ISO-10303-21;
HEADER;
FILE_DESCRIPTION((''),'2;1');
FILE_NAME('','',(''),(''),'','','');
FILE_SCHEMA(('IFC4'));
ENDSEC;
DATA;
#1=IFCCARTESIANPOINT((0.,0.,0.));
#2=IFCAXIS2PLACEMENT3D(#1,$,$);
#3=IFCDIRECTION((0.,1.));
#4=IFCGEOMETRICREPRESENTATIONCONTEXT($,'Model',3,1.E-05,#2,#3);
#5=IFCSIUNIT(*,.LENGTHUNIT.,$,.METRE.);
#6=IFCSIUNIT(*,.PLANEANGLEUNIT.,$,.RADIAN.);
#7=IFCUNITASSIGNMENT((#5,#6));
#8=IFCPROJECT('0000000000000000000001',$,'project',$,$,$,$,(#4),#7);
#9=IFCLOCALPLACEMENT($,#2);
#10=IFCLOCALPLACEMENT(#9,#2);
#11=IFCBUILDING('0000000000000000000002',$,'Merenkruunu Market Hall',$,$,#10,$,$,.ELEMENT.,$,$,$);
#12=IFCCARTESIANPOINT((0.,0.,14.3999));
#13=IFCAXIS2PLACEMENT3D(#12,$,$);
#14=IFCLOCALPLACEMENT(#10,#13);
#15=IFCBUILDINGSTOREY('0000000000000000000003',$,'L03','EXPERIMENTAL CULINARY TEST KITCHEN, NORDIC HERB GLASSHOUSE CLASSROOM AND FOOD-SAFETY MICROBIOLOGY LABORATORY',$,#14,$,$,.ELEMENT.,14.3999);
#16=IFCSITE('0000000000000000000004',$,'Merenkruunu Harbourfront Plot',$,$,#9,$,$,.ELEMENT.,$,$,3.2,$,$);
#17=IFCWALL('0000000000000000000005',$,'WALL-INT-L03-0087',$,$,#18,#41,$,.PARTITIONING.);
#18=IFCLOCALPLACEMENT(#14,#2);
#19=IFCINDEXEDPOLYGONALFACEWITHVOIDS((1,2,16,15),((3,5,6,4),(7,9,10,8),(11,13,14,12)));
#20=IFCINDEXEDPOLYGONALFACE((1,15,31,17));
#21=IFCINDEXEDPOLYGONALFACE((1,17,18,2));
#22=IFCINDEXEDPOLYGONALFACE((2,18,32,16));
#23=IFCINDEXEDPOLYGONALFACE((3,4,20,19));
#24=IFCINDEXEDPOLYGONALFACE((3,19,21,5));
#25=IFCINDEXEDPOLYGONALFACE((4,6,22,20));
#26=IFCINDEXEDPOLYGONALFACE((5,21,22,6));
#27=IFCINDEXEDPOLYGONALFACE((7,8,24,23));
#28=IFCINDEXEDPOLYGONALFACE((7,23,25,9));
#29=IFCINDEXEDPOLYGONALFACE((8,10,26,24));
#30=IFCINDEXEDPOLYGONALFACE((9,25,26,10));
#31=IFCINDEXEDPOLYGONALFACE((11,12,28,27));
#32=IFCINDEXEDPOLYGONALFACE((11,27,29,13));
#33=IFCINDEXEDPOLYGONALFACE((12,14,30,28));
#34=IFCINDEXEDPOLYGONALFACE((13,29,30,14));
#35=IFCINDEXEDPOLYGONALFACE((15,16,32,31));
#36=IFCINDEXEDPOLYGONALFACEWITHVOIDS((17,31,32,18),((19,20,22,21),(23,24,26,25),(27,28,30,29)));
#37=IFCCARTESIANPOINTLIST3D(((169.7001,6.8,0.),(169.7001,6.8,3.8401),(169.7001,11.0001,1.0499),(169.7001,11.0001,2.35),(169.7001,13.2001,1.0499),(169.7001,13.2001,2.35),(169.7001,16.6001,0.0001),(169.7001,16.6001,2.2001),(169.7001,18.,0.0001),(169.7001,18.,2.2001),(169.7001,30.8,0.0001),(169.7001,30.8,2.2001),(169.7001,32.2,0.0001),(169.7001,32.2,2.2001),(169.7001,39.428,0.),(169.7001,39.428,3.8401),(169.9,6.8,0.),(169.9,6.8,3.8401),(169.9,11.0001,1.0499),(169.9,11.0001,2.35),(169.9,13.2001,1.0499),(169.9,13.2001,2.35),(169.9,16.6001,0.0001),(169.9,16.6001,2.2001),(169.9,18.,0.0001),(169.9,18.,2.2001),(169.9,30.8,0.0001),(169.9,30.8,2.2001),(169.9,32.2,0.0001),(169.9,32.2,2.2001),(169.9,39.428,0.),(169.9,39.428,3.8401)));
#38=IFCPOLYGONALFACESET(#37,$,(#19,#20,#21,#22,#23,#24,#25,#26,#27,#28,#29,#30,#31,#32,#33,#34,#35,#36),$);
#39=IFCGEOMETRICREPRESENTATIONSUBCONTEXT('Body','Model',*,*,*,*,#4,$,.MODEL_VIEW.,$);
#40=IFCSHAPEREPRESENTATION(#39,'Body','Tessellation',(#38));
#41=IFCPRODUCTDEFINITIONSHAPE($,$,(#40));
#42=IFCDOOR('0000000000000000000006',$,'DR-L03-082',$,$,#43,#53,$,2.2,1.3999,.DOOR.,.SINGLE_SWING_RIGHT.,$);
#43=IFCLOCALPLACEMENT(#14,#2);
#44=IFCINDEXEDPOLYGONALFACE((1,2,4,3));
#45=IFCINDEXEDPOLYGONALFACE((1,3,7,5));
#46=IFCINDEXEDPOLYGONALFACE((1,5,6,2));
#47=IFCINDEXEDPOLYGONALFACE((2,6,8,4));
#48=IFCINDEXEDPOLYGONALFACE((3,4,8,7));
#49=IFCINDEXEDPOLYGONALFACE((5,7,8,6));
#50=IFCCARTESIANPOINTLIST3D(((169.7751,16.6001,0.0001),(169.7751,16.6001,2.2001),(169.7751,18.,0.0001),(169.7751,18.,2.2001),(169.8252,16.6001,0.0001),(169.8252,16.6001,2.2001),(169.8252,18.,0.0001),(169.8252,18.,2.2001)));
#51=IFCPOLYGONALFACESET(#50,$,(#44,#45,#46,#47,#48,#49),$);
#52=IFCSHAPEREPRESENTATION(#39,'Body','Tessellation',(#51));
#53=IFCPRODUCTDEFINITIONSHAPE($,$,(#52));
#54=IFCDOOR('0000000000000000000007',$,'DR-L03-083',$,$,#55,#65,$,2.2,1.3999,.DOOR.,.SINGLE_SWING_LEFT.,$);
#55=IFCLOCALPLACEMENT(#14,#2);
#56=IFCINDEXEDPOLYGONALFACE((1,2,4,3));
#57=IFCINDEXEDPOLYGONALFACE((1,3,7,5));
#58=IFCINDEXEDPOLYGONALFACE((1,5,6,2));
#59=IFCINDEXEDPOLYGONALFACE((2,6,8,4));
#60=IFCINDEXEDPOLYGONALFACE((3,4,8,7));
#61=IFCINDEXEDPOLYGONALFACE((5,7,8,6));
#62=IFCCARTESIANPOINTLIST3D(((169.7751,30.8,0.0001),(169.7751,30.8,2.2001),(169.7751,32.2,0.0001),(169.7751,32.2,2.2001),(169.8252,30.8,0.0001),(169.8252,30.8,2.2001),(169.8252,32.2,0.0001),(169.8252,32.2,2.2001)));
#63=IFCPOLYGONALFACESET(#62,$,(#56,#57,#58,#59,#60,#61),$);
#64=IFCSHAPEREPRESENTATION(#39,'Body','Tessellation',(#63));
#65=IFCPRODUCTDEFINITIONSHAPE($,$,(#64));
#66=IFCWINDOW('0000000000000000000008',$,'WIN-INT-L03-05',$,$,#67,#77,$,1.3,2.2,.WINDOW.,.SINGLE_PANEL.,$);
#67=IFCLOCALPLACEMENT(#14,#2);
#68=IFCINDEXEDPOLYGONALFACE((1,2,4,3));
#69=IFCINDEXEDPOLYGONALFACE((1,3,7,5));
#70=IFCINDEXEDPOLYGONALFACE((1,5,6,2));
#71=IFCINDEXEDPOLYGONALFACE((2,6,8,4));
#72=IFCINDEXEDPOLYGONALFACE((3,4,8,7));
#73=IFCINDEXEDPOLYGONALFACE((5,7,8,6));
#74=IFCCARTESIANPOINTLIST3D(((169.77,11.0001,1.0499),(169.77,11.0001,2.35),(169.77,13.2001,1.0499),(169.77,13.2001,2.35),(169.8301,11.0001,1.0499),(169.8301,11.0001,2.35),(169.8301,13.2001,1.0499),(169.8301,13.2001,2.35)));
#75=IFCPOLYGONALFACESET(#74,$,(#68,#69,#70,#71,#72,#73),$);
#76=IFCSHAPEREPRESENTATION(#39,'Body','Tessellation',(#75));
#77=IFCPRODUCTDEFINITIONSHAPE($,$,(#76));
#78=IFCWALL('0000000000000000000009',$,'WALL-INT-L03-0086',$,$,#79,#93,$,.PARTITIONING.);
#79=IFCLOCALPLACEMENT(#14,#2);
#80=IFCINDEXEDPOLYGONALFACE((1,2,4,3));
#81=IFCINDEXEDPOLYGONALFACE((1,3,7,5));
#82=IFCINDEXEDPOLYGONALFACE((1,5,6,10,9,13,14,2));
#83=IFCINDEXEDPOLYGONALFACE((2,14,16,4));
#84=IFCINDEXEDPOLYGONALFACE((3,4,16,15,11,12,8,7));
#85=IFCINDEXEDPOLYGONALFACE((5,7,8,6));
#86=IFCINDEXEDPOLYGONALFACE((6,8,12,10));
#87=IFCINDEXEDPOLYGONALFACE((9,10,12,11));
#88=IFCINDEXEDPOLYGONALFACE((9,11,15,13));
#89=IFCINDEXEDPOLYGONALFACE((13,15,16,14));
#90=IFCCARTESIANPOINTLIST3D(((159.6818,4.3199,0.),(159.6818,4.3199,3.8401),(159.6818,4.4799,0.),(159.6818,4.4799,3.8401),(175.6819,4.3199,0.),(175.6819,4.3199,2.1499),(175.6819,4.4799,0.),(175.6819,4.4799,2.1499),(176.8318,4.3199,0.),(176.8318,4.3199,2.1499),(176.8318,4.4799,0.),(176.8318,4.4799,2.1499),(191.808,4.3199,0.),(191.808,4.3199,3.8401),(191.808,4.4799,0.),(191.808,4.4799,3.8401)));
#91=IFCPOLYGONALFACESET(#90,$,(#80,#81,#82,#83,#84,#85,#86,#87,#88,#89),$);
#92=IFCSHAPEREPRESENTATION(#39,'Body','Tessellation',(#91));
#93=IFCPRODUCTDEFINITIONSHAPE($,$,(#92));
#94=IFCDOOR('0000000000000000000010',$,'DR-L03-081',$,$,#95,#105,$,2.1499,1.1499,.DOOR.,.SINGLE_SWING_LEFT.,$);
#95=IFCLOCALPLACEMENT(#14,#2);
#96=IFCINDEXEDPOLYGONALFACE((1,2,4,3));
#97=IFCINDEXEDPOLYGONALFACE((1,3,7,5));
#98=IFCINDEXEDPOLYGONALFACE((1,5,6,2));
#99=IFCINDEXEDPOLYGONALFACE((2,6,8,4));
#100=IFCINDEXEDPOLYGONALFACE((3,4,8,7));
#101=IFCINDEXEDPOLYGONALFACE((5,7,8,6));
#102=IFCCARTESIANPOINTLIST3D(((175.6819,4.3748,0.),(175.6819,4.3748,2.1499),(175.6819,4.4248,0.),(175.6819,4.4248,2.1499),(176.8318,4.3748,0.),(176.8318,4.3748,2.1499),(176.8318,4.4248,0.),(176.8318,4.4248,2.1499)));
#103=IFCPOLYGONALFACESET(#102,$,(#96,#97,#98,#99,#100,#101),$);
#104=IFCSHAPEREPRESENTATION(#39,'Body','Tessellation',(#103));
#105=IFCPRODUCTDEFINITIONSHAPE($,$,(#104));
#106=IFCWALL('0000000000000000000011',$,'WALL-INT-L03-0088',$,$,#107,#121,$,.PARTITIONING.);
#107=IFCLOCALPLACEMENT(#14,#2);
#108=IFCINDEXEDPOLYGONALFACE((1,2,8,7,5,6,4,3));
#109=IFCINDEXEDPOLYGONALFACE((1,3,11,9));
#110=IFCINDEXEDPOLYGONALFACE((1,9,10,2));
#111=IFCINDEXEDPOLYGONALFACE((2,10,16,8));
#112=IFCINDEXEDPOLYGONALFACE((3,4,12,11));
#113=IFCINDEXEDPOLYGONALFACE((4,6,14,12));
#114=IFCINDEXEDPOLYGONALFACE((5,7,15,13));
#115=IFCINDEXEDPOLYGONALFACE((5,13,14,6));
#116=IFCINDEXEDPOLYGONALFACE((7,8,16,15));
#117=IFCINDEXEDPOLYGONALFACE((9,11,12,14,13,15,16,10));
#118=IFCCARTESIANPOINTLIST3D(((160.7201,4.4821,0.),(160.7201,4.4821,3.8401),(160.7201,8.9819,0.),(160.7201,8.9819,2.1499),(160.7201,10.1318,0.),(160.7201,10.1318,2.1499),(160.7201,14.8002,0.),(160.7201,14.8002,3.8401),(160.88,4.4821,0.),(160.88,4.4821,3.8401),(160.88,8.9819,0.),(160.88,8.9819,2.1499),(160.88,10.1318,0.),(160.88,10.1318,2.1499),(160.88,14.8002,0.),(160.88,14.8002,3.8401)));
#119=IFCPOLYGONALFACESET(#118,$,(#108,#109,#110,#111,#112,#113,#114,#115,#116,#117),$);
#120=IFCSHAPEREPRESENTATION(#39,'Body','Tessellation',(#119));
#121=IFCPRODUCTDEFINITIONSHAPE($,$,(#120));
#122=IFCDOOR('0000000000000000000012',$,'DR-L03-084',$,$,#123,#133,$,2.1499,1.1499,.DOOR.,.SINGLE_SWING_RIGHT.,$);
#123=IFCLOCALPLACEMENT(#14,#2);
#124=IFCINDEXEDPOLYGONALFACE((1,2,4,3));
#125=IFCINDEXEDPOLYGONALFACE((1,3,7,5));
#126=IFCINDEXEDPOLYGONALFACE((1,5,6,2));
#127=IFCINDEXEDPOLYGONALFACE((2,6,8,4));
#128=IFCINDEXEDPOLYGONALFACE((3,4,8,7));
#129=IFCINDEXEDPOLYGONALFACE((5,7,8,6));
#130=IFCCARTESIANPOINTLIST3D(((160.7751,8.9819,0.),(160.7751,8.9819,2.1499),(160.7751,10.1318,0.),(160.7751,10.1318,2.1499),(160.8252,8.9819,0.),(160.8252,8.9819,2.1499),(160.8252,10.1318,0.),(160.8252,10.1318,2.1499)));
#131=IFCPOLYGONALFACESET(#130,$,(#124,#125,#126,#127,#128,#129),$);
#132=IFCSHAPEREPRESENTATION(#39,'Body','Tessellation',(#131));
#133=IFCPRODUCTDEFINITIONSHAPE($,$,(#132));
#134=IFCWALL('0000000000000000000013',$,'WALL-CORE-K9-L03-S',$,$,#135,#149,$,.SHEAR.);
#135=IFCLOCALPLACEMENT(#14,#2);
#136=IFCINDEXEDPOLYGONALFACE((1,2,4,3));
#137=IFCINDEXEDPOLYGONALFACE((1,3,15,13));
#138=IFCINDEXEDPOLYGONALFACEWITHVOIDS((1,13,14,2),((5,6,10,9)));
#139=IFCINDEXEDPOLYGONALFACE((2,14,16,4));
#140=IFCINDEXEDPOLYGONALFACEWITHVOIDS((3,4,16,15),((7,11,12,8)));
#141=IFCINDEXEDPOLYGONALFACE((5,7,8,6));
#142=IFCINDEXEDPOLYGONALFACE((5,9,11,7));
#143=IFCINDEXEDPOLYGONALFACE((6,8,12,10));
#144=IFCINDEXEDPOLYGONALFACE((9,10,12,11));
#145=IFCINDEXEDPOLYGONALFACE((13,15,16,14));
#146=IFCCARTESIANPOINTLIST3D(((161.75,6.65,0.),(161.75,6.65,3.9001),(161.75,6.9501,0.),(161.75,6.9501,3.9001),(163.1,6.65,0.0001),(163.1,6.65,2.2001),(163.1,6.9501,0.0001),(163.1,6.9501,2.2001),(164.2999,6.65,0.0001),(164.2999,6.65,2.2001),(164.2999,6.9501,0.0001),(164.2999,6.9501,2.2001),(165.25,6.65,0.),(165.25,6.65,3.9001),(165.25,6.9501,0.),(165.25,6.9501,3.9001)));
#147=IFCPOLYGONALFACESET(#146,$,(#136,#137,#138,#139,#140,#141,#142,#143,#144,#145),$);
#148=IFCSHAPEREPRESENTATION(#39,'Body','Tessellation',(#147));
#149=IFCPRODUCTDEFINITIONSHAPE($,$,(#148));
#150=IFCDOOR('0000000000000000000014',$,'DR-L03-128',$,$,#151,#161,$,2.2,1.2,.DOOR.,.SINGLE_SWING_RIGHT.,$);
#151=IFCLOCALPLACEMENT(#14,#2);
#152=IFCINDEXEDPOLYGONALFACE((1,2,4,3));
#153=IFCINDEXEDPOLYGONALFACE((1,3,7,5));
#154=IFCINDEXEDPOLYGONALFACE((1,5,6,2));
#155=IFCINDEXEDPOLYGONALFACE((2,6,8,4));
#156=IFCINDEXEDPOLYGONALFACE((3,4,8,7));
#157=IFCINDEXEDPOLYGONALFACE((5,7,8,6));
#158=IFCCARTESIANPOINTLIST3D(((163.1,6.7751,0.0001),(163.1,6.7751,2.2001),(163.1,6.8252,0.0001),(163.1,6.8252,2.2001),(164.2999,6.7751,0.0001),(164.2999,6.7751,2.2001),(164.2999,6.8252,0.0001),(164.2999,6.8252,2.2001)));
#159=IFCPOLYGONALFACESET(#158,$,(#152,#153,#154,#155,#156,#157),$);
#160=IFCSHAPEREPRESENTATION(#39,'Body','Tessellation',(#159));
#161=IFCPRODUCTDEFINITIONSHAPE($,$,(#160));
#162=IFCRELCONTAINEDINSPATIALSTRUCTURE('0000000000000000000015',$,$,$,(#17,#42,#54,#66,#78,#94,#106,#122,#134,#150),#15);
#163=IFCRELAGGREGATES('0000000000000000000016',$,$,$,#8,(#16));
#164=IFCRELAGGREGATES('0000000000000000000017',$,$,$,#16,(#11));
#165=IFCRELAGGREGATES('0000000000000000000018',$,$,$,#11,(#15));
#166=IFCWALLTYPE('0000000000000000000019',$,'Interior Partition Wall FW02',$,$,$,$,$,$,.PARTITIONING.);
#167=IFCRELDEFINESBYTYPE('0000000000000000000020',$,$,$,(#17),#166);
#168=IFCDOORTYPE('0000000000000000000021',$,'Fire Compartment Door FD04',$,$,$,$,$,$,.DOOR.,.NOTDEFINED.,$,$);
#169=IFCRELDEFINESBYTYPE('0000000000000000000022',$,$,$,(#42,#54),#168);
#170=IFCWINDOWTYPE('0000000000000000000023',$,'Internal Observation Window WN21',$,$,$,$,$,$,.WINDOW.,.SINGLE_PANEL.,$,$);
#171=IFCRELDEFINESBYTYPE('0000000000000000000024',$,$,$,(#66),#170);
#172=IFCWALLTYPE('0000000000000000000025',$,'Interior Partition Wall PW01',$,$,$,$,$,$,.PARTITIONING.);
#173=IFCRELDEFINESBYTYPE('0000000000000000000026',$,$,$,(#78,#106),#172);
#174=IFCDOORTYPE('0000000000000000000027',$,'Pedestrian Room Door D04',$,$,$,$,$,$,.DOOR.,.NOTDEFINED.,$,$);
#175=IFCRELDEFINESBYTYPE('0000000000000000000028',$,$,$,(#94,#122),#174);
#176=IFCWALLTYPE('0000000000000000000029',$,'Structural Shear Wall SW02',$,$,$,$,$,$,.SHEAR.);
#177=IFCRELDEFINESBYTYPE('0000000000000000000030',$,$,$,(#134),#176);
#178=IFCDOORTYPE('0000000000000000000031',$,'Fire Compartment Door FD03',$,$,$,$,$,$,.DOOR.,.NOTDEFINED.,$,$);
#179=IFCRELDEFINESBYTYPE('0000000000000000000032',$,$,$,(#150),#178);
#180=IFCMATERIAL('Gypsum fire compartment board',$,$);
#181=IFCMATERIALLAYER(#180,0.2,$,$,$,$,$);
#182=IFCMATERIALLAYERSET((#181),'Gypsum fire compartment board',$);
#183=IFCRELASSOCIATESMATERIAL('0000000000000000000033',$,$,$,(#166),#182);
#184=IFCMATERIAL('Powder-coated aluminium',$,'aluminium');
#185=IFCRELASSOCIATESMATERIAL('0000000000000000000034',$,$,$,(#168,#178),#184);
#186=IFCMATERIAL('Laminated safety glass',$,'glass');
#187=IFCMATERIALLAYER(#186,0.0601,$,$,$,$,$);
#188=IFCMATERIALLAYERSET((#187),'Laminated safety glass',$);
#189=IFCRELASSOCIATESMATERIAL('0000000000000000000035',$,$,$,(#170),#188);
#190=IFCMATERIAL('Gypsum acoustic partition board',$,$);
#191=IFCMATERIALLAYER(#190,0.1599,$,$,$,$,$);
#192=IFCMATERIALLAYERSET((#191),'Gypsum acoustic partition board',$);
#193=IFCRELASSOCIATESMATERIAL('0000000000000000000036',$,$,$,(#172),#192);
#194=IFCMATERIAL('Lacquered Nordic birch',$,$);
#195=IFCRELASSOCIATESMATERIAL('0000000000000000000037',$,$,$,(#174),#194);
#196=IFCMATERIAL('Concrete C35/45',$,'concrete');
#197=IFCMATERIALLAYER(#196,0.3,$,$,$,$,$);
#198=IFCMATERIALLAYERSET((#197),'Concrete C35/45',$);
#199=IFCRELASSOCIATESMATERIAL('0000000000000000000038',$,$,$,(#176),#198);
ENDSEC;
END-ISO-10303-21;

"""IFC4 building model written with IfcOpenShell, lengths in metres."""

from ifc_helpers import new_model, si_unit, direction, frame, frame_2d, origin, place, context, subcontext, project, spatial, rectangle, extrude, material, layer, layer_set, type_object, element, fill, save


model = new_model("IFC4")

# Units and contexts
model_context = context("Model", 3, precision=1e-05, world=origin(), true_north=direction((0.0, 1.0)))
body_context = subcontext(model_context, "Body", "Model", "MODEL_VIEW")
ifc_project = project(units=[si_unit("LENGTHUNIT", "METRE"), si_unit("PLANEANGLEUNIT", "RADIAN")], contexts=[model_context])

# Site, building, storey
site_placement = place(None, origin())
site = spatial("IfcSite", under=ifc_project, at=site_placement, Name="Merenkruunu Harbourfront Plot", CompositionType="ELEMENT", RefElevation=3.2)
building_placement = place(site_placement, origin())
building = spatial("IfcBuilding", under=site, at=building_placement, Name="Merenkruunu Market Hall", CompositionType="ELEMENT")
storey_placement = place(building_placement, frame((0.0, 0.0, 14.3999)))
storey = spatial("IfcBuildingStorey", under=building, at=storey_placement, Name="L03", Description="EXPERIMENTAL CULINARY TEST KITCHEN, NORDIC HERB GLASSHOUSE CLASSROOM AND FOOD-SAFETY MICROBIOLOGY LABORATORY", CompositionType="ELEMENT", Elevation=14.3999)

# Shared definitions
ifc_material_1 = material(Name="Powder-coated aluminium", Category="aluminium")

# Wall, openings, doors, window
ifc_material_2 = material(Name="Gypsum fire compartment board")
ifc_layer_1 = layer(ifc_material_2, 0.2)
ifc_layer_set_1 = layer_set([ifc_layer_1], Name="Gypsum fire compartment board")
wall_type_1 = type_object("IfcWallType", Name="Interior Partition Wall FW02", PredefinedType="PARTITIONING", material=ifc_layer_set_1)
wall_1_placement = place(storey_placement, frame((169.8, 6.8, 0.0), z_axis=(0.0, 0.0, 1.0), x_axis=(0.0, 1.0, 0.0)))
wall_1 = element("IfcWall", 1, at=wall_1_placement, inside=storey, type_object=wall_type_1, Name="WALL-INT-L03-0087", PredefinedType="PARTITIONING", context=body_context, shape_type="SweptSolid", body=[
    extrude(rectangle(XDim=32.6279, YDim=0.2, at=frame_2d((16.314, 0.0))), origin(), (0.0, 0.0, 1.0), 3.8401),
])
opening_1_placement = place(wall_1_placement, frame((9.8, 0.0, 0.0)))
opening_1 = element("IfcOpeningElement", 2, at=opening_1_placement, cuts=wall_1, PredefinedType="OPENING", context=body_context, shape_type="SweptSolid", body=[
    extrude(rectangle(XDim=1.3999, YDim=2.2, at=frame_2d((0.7, 1.1001))), frame((0.0, 0.1099, 0.0), z_axis=(0.0, -1.0, 0.0), x_axis=(1.0, 0.0, 0.0)), (0.0, 0.0, 1.0), 0.22),
])
opening_2_placement = place(wall_1_placement, frame((24.0, 0.0, 0.0)))
opening_2 = element("IfcOpeningElement", 3, at=opening_2_placement, cuts=wall_1, PredefinedType="OPENING", context=body_context, shape_type="SweptSolid", body=[
    extrude(rectangle(XDim=1.3999, YDim=2.2, at=frame_2d((0.7, 1.1001))), frame((0.0, 0.1099, 0.0), z_axis=(0.0, -1.0, 0.0), x_axis=(1.0, 0.0, 0.0)), (0.0, 0.0, 1.0), 0.22),
])
opening_3_placement = place(wall_1_placement, frame((4.2, 0.0, 1.05)))
opening_3 = element("IfcOpeningElement", 4, at=opening_3_placement, cuts=wall_1, PredefinedType="OPENING", context=body_context, shape_type="SweptSolid", body=[
    extrude(rectangle(XDim=2.2, YDim=1.3, at=frame_2d((1.1001, 0.6499))), frame((0.0, 0.1099, 0.0), z_axis=(0.0, -1.0, 0.0), x_axis=(1.0, 0.0, 0.0)), (0.0, 0.0, 1.0), 0.22),
])
door_type_1 = type_object("IfcDoorType", Name="Fire Compartment Door FD04", OperationType="NOTDEFINED", PredefinedType="DOOR", material=ifc_material_1)
door_1_placement = place(opening_1_placement, origin())
door_1 = element("IfcDoor", 5, at=door_1_placement, inside=storey, type_object=door_type_1, Name="DR-L03-082", OperationType="SINGLE_SWING_RIGHT", OverallHeight=2.2, OverallWidth=1.3999, PredefinedType="DOOR", context=body_context, shape_type="SweptSolid", body=[
    extrude(rectangle(XDim=1.3999, YDim=2.2, at=frame_2d((0.7, 1.1001))), frame((0.0, 0.0249, 0.0), z_axis=(0.0, -1.0, 0.0), x_axis=(1.0, 0.0, 0.0)), (0.0, 0.0, 1.0), 0.05),
])
fill(opening_1, door_1)
door_2_placement = place(opening_2_placement, origin())
door_2 = element("IfcDoor", 6, at=door_2_placement, inside=storey, type_object=door_type_1, Name="DR-L03-083", OperationType="SINGLE_SWING_LEFT", OverallHeight=2.2, OverallWidth=1.3999, PredefinedType="DOOR", context=body_context, shape_type="SweptSolid", body=[
    extrude(rectangle(XDim=1.3999, YDim=2.2, at=frame_2d((0.7, 1.1001))), frame((0.0, 0.0249, 0.0), z_axis=(0.0, -1.0, 0.0), x_axis=(1.0, 0.0, 0.0)), (0.0, 0.0, 1.0), 0.05),
])
fill(opening_2, door_2)
ifc_material_3 = material(Name="Laminated safety glass", Category="glass")
ifc_layer_2 = layer(ifc_material_3, 0.0601)
ifc_layer_set_2 = layer_set([ifc_layer_2], Name="Laminated safety glass")
window_type_1 = type_object("IfcWindowType", Name="Internal Observation Window WN21", PartitioningType="SINGLE_PANEL", PredefinedType="WINDOW", material=ifc_layer_set_2)
window_1_placement = place(opening_3_placement, origin())
window_1 = element("IfcWindow", 7, at=window_1_placement, inside=storey, type_object=window_type_1, Name="WIN-INT-L03-05", OverallHeight=1.3, OverallWidth=2.2, PartitioningType="SINGLE_PANEL", PredefinedType="WINDOW", context=body_context, shape_type="SweptSolid", body=[
    extrude(rectangle(XDim=2.2, YDim=1.3, at=frame_2d((1.1001, 0.6499))), frame((0.0, 0.03, 0.0), z_axis=(0.0, -1.0, 0.0), x_axis=(1.0, 0.0, 0.0)), (0.0, 0.0, 1.0), 0.0601),
])
fill(opening_3, window_1)

# Walls, openings, doors
ifc_material_4 = material(Name="Gypsum acoustic partition board")
ifc_layer_3 = layer(ifc_material_4, 0.1599)
ifc_layer_set_3 = layer_set([ifc_layer_3], Name="Gypsum acoustic partition board")
wall_type_2 = type_object("IfcWallType", Name="Interior Partition Wall PW01", PredefinedType="PARTITIONING", material=ifc_layer_set_3)
wall_2_placement = place(storey_placement, frame((159.6819, 4.3999, 0.0), z_axis=(0.0, 0.0, 1.0), x_axis=(1.0, 0.0, 0.0)))
wall_2 = element("IfcWall", 8, at=wall_2_placement, inside=storey, type_object=wall_type_2, Name="WALL-INT-L03-0086", PredefinedType="PARTITIONING", context=body_context, shape_type="SweptSolid", body=[
    extrude(rectangle(XDim=32.1262, YDim=0.1599, at=frame_2d((16.063, 0.0))), origin(), (0.0, 0.0, 1.0), 3.8401),
])
opening_4_placement = place(wall_2_placement, frame((16.0, 0.0, 0.0)))
opening_4 = element("IfcOpeningElement", 9, at=opening_4_placement, cuts=wall_2, PredefinedType="OPENING", context=body_context, shape_type="SweptSolid", body=[
    extrude(rectangle(XDim=1.1499, YDim=2.1499, at=frame_2d((0.575, 1.075))), frame((0.0, 0.0898, 0.0), z_axis=(0.0, -1.0, 0.0), x_axis=(1.0, 0.0, 0.0)), (0.0, 0.0, 1.0), 0.1799),
])
ifc_material_5 = material(Name="Lacquered Nordic birch")
door_type_2 = type_object("IfcDoorType", Name="Pedestrian Room Door D04", OperationType="NOTDEFINED", PredefinedType="DOOR", material=ifc_material_5)
door_3_placement = place(opening_4_placement, origin())
door_3 = element("IfcDoor", 10, at=door_3_placement, inside=storey, type_object=door_type_2, Name="DR-L03-081", OperationType="SINGLE_SWING_LEFT", OverallHeight=2.1499, OverallWidth=1.1499, PredefinedType="DOOR", context=body_context, shape_type="SweptSolid", body=[
    extrude(rectangle(XDim=1.1499, YDim=2.1499, at=frame_2d((0.575, 1.075))), frame((0.0, 0.0249, 0.0), z_axis=(0.0, -1.0, 0.0), x_axis=(1.0, 0.0, 0.0)), (0.0, 0.0, 1.0), 0.05),
])
fill(opening_4, door_3)
wall_3_placement = place(storey_placement, frame((160.8, 4.4819, 0.0), z_axis=(0.0, 0.0, 1.0), x_axis=(0.0, 1.0, 0.0)))
wall_3 = element("IfcWall", 11, at=wall_3_placement, inside=storey, type_object=wall_type_2, Name="WALL-INT-L03-0088", PredefinedType="PARTITIONING", context=body_context, shape_type="SweptSolid", body=[
    extrude(rectangle(XDim=10.3181, YDim=0.1599, at=frame_2d((5.1592, 0.0))), origin(), (0.0, 0.0, 1.0), 3.8401),
])
opening_5_placement = place(wall_3_placement, frame((4.5, 0.0, 0.0)))
opening_5 = element("IfcOpeningElement", 12, at=opening_5_placement, cuts=wall_3, PredefinedType="OPENING", context=body_context, shape_type="SweptSolid", body=[
    extrude(rectangle(XDim=1.1499, YDim=2.1499, at=frame_2d((0.575, 1.075))), frame((0.0, 0.0898, 0.0), z_axis=(0.0, -1.0, 0.0), x_axis=(1.0, 0.0, 0.0)), (0.0, 0.0, 1.0), 0.1799),
])
door_4_placement = place(opening_5_placement, origin())
door_4 = element("IfcDoor", 13, at=door_4_placement, inside=storey, type_object=door_type_2, Name="DR-L03-084", OperationType="SINGLE_SWING_RIGHT", OverallHeight=2.1499, OverallWidth=1.1499, PredefinedType="DOOR", context=body_context, shape_type="SweptSolid", body=[
    extrude(rectangle(XDim=1.1499, YDim=2.1499, at=frame_2d((0.575, 1.075))), frame((0.0, 0.0249, 0.0), z_axis=(0.0, -1.0, 0.0), x_axis=(1.0, 0.0, 0.0)), (0.0, 0.0, 1.0), 0.05),
])
fill(opening_5, door_4)
ifc_material_6 = material(Name="Concrete C35/45", Category="concrete")
ifc_layer_4 = layer(ifc_material_6, 0.3)
ifc_layer_set_4 = layer_set([ifc_layer_4], Name="Concrete C35/45")
wall_type_3 = type_object("IfcWallType", Name="Structural Shear Wall SW02", PredefinedType="SHEAR", material=ifc_layer_set_4)
wall_4_placement = place(storey_placement, frame((165.25, 6.8, 0.0), z_axis=(0.0, 0.0, 1.0), x_axis=(-1.0, 0.0, 0.0)))
wall_4 = element("IfcWall", 14, at=wall_4_placement, inside=storey, type_object=wall_type_3, Name="WALL-CORE-K9-L03-S", PredefinedType="SHEAR", context=body_context, shape_type="SweptSolid", body=[
    extrude(rectangle(XDim=3.5, YDim=0.3, at=frame_2d((1.75, 0.0))), origin(), (0.0, 0.0, 1.0), 3.9001),
])
opening_6_placement = place(wall_4_placement, frame((0.95, 0.0, 0.0)))
opening_6 = element("IfcOpeningElement", 15, at=opening_6_placement, cuts=wall_4, PredefinedType="OPENING", context=body_context, shape_type="SweptSolid", body=[
    extrude(rectangle(XDim=1.2, YDim=2.2, at=frame_2d((0.6001, 1.1001))), frame((0.0, 0.1602, 0.0), z_axis=(0.0, -1.0, 0.0), x_axis=(1.0, 0.0, 0.0)), (0.0, 0.0, 1.0), 0.3201),
])
door_type_3 = type_object("IfcDoorType", Name="Fire Compartment Door FD03", OperationType="NOTDEFINED", PredefinedType="DOOR", material=ifc_material_1)
door_5_placement = place(opening_6_placement, origin())
door_5 = element("IfcDoor", 16, at=door_5_placement, inside=storey, type_object=door_type_3, Name="DR-L03-128", OperationType="SINGLE_SWING_RIGHT", OverallHeight=2.2, OverallWidth=1.2, PredefinedType="DOOR", context=body_context, shape_type="SweptSolid", body=[
    extrude(rectangle(XDim=1.2, YDim=2.2, at=frame_2d((0.6001, 1.1001))), frame((0.0, 0.0249, 0.0), z_axis=(0.0, -1.0, 0.0), x_axis=(1.0, 0.0, 0.0)), (0.0, 0.0, 1.0), 0.05),
])
fill(opening_6, door_5)

save(model, "model.ifc")
